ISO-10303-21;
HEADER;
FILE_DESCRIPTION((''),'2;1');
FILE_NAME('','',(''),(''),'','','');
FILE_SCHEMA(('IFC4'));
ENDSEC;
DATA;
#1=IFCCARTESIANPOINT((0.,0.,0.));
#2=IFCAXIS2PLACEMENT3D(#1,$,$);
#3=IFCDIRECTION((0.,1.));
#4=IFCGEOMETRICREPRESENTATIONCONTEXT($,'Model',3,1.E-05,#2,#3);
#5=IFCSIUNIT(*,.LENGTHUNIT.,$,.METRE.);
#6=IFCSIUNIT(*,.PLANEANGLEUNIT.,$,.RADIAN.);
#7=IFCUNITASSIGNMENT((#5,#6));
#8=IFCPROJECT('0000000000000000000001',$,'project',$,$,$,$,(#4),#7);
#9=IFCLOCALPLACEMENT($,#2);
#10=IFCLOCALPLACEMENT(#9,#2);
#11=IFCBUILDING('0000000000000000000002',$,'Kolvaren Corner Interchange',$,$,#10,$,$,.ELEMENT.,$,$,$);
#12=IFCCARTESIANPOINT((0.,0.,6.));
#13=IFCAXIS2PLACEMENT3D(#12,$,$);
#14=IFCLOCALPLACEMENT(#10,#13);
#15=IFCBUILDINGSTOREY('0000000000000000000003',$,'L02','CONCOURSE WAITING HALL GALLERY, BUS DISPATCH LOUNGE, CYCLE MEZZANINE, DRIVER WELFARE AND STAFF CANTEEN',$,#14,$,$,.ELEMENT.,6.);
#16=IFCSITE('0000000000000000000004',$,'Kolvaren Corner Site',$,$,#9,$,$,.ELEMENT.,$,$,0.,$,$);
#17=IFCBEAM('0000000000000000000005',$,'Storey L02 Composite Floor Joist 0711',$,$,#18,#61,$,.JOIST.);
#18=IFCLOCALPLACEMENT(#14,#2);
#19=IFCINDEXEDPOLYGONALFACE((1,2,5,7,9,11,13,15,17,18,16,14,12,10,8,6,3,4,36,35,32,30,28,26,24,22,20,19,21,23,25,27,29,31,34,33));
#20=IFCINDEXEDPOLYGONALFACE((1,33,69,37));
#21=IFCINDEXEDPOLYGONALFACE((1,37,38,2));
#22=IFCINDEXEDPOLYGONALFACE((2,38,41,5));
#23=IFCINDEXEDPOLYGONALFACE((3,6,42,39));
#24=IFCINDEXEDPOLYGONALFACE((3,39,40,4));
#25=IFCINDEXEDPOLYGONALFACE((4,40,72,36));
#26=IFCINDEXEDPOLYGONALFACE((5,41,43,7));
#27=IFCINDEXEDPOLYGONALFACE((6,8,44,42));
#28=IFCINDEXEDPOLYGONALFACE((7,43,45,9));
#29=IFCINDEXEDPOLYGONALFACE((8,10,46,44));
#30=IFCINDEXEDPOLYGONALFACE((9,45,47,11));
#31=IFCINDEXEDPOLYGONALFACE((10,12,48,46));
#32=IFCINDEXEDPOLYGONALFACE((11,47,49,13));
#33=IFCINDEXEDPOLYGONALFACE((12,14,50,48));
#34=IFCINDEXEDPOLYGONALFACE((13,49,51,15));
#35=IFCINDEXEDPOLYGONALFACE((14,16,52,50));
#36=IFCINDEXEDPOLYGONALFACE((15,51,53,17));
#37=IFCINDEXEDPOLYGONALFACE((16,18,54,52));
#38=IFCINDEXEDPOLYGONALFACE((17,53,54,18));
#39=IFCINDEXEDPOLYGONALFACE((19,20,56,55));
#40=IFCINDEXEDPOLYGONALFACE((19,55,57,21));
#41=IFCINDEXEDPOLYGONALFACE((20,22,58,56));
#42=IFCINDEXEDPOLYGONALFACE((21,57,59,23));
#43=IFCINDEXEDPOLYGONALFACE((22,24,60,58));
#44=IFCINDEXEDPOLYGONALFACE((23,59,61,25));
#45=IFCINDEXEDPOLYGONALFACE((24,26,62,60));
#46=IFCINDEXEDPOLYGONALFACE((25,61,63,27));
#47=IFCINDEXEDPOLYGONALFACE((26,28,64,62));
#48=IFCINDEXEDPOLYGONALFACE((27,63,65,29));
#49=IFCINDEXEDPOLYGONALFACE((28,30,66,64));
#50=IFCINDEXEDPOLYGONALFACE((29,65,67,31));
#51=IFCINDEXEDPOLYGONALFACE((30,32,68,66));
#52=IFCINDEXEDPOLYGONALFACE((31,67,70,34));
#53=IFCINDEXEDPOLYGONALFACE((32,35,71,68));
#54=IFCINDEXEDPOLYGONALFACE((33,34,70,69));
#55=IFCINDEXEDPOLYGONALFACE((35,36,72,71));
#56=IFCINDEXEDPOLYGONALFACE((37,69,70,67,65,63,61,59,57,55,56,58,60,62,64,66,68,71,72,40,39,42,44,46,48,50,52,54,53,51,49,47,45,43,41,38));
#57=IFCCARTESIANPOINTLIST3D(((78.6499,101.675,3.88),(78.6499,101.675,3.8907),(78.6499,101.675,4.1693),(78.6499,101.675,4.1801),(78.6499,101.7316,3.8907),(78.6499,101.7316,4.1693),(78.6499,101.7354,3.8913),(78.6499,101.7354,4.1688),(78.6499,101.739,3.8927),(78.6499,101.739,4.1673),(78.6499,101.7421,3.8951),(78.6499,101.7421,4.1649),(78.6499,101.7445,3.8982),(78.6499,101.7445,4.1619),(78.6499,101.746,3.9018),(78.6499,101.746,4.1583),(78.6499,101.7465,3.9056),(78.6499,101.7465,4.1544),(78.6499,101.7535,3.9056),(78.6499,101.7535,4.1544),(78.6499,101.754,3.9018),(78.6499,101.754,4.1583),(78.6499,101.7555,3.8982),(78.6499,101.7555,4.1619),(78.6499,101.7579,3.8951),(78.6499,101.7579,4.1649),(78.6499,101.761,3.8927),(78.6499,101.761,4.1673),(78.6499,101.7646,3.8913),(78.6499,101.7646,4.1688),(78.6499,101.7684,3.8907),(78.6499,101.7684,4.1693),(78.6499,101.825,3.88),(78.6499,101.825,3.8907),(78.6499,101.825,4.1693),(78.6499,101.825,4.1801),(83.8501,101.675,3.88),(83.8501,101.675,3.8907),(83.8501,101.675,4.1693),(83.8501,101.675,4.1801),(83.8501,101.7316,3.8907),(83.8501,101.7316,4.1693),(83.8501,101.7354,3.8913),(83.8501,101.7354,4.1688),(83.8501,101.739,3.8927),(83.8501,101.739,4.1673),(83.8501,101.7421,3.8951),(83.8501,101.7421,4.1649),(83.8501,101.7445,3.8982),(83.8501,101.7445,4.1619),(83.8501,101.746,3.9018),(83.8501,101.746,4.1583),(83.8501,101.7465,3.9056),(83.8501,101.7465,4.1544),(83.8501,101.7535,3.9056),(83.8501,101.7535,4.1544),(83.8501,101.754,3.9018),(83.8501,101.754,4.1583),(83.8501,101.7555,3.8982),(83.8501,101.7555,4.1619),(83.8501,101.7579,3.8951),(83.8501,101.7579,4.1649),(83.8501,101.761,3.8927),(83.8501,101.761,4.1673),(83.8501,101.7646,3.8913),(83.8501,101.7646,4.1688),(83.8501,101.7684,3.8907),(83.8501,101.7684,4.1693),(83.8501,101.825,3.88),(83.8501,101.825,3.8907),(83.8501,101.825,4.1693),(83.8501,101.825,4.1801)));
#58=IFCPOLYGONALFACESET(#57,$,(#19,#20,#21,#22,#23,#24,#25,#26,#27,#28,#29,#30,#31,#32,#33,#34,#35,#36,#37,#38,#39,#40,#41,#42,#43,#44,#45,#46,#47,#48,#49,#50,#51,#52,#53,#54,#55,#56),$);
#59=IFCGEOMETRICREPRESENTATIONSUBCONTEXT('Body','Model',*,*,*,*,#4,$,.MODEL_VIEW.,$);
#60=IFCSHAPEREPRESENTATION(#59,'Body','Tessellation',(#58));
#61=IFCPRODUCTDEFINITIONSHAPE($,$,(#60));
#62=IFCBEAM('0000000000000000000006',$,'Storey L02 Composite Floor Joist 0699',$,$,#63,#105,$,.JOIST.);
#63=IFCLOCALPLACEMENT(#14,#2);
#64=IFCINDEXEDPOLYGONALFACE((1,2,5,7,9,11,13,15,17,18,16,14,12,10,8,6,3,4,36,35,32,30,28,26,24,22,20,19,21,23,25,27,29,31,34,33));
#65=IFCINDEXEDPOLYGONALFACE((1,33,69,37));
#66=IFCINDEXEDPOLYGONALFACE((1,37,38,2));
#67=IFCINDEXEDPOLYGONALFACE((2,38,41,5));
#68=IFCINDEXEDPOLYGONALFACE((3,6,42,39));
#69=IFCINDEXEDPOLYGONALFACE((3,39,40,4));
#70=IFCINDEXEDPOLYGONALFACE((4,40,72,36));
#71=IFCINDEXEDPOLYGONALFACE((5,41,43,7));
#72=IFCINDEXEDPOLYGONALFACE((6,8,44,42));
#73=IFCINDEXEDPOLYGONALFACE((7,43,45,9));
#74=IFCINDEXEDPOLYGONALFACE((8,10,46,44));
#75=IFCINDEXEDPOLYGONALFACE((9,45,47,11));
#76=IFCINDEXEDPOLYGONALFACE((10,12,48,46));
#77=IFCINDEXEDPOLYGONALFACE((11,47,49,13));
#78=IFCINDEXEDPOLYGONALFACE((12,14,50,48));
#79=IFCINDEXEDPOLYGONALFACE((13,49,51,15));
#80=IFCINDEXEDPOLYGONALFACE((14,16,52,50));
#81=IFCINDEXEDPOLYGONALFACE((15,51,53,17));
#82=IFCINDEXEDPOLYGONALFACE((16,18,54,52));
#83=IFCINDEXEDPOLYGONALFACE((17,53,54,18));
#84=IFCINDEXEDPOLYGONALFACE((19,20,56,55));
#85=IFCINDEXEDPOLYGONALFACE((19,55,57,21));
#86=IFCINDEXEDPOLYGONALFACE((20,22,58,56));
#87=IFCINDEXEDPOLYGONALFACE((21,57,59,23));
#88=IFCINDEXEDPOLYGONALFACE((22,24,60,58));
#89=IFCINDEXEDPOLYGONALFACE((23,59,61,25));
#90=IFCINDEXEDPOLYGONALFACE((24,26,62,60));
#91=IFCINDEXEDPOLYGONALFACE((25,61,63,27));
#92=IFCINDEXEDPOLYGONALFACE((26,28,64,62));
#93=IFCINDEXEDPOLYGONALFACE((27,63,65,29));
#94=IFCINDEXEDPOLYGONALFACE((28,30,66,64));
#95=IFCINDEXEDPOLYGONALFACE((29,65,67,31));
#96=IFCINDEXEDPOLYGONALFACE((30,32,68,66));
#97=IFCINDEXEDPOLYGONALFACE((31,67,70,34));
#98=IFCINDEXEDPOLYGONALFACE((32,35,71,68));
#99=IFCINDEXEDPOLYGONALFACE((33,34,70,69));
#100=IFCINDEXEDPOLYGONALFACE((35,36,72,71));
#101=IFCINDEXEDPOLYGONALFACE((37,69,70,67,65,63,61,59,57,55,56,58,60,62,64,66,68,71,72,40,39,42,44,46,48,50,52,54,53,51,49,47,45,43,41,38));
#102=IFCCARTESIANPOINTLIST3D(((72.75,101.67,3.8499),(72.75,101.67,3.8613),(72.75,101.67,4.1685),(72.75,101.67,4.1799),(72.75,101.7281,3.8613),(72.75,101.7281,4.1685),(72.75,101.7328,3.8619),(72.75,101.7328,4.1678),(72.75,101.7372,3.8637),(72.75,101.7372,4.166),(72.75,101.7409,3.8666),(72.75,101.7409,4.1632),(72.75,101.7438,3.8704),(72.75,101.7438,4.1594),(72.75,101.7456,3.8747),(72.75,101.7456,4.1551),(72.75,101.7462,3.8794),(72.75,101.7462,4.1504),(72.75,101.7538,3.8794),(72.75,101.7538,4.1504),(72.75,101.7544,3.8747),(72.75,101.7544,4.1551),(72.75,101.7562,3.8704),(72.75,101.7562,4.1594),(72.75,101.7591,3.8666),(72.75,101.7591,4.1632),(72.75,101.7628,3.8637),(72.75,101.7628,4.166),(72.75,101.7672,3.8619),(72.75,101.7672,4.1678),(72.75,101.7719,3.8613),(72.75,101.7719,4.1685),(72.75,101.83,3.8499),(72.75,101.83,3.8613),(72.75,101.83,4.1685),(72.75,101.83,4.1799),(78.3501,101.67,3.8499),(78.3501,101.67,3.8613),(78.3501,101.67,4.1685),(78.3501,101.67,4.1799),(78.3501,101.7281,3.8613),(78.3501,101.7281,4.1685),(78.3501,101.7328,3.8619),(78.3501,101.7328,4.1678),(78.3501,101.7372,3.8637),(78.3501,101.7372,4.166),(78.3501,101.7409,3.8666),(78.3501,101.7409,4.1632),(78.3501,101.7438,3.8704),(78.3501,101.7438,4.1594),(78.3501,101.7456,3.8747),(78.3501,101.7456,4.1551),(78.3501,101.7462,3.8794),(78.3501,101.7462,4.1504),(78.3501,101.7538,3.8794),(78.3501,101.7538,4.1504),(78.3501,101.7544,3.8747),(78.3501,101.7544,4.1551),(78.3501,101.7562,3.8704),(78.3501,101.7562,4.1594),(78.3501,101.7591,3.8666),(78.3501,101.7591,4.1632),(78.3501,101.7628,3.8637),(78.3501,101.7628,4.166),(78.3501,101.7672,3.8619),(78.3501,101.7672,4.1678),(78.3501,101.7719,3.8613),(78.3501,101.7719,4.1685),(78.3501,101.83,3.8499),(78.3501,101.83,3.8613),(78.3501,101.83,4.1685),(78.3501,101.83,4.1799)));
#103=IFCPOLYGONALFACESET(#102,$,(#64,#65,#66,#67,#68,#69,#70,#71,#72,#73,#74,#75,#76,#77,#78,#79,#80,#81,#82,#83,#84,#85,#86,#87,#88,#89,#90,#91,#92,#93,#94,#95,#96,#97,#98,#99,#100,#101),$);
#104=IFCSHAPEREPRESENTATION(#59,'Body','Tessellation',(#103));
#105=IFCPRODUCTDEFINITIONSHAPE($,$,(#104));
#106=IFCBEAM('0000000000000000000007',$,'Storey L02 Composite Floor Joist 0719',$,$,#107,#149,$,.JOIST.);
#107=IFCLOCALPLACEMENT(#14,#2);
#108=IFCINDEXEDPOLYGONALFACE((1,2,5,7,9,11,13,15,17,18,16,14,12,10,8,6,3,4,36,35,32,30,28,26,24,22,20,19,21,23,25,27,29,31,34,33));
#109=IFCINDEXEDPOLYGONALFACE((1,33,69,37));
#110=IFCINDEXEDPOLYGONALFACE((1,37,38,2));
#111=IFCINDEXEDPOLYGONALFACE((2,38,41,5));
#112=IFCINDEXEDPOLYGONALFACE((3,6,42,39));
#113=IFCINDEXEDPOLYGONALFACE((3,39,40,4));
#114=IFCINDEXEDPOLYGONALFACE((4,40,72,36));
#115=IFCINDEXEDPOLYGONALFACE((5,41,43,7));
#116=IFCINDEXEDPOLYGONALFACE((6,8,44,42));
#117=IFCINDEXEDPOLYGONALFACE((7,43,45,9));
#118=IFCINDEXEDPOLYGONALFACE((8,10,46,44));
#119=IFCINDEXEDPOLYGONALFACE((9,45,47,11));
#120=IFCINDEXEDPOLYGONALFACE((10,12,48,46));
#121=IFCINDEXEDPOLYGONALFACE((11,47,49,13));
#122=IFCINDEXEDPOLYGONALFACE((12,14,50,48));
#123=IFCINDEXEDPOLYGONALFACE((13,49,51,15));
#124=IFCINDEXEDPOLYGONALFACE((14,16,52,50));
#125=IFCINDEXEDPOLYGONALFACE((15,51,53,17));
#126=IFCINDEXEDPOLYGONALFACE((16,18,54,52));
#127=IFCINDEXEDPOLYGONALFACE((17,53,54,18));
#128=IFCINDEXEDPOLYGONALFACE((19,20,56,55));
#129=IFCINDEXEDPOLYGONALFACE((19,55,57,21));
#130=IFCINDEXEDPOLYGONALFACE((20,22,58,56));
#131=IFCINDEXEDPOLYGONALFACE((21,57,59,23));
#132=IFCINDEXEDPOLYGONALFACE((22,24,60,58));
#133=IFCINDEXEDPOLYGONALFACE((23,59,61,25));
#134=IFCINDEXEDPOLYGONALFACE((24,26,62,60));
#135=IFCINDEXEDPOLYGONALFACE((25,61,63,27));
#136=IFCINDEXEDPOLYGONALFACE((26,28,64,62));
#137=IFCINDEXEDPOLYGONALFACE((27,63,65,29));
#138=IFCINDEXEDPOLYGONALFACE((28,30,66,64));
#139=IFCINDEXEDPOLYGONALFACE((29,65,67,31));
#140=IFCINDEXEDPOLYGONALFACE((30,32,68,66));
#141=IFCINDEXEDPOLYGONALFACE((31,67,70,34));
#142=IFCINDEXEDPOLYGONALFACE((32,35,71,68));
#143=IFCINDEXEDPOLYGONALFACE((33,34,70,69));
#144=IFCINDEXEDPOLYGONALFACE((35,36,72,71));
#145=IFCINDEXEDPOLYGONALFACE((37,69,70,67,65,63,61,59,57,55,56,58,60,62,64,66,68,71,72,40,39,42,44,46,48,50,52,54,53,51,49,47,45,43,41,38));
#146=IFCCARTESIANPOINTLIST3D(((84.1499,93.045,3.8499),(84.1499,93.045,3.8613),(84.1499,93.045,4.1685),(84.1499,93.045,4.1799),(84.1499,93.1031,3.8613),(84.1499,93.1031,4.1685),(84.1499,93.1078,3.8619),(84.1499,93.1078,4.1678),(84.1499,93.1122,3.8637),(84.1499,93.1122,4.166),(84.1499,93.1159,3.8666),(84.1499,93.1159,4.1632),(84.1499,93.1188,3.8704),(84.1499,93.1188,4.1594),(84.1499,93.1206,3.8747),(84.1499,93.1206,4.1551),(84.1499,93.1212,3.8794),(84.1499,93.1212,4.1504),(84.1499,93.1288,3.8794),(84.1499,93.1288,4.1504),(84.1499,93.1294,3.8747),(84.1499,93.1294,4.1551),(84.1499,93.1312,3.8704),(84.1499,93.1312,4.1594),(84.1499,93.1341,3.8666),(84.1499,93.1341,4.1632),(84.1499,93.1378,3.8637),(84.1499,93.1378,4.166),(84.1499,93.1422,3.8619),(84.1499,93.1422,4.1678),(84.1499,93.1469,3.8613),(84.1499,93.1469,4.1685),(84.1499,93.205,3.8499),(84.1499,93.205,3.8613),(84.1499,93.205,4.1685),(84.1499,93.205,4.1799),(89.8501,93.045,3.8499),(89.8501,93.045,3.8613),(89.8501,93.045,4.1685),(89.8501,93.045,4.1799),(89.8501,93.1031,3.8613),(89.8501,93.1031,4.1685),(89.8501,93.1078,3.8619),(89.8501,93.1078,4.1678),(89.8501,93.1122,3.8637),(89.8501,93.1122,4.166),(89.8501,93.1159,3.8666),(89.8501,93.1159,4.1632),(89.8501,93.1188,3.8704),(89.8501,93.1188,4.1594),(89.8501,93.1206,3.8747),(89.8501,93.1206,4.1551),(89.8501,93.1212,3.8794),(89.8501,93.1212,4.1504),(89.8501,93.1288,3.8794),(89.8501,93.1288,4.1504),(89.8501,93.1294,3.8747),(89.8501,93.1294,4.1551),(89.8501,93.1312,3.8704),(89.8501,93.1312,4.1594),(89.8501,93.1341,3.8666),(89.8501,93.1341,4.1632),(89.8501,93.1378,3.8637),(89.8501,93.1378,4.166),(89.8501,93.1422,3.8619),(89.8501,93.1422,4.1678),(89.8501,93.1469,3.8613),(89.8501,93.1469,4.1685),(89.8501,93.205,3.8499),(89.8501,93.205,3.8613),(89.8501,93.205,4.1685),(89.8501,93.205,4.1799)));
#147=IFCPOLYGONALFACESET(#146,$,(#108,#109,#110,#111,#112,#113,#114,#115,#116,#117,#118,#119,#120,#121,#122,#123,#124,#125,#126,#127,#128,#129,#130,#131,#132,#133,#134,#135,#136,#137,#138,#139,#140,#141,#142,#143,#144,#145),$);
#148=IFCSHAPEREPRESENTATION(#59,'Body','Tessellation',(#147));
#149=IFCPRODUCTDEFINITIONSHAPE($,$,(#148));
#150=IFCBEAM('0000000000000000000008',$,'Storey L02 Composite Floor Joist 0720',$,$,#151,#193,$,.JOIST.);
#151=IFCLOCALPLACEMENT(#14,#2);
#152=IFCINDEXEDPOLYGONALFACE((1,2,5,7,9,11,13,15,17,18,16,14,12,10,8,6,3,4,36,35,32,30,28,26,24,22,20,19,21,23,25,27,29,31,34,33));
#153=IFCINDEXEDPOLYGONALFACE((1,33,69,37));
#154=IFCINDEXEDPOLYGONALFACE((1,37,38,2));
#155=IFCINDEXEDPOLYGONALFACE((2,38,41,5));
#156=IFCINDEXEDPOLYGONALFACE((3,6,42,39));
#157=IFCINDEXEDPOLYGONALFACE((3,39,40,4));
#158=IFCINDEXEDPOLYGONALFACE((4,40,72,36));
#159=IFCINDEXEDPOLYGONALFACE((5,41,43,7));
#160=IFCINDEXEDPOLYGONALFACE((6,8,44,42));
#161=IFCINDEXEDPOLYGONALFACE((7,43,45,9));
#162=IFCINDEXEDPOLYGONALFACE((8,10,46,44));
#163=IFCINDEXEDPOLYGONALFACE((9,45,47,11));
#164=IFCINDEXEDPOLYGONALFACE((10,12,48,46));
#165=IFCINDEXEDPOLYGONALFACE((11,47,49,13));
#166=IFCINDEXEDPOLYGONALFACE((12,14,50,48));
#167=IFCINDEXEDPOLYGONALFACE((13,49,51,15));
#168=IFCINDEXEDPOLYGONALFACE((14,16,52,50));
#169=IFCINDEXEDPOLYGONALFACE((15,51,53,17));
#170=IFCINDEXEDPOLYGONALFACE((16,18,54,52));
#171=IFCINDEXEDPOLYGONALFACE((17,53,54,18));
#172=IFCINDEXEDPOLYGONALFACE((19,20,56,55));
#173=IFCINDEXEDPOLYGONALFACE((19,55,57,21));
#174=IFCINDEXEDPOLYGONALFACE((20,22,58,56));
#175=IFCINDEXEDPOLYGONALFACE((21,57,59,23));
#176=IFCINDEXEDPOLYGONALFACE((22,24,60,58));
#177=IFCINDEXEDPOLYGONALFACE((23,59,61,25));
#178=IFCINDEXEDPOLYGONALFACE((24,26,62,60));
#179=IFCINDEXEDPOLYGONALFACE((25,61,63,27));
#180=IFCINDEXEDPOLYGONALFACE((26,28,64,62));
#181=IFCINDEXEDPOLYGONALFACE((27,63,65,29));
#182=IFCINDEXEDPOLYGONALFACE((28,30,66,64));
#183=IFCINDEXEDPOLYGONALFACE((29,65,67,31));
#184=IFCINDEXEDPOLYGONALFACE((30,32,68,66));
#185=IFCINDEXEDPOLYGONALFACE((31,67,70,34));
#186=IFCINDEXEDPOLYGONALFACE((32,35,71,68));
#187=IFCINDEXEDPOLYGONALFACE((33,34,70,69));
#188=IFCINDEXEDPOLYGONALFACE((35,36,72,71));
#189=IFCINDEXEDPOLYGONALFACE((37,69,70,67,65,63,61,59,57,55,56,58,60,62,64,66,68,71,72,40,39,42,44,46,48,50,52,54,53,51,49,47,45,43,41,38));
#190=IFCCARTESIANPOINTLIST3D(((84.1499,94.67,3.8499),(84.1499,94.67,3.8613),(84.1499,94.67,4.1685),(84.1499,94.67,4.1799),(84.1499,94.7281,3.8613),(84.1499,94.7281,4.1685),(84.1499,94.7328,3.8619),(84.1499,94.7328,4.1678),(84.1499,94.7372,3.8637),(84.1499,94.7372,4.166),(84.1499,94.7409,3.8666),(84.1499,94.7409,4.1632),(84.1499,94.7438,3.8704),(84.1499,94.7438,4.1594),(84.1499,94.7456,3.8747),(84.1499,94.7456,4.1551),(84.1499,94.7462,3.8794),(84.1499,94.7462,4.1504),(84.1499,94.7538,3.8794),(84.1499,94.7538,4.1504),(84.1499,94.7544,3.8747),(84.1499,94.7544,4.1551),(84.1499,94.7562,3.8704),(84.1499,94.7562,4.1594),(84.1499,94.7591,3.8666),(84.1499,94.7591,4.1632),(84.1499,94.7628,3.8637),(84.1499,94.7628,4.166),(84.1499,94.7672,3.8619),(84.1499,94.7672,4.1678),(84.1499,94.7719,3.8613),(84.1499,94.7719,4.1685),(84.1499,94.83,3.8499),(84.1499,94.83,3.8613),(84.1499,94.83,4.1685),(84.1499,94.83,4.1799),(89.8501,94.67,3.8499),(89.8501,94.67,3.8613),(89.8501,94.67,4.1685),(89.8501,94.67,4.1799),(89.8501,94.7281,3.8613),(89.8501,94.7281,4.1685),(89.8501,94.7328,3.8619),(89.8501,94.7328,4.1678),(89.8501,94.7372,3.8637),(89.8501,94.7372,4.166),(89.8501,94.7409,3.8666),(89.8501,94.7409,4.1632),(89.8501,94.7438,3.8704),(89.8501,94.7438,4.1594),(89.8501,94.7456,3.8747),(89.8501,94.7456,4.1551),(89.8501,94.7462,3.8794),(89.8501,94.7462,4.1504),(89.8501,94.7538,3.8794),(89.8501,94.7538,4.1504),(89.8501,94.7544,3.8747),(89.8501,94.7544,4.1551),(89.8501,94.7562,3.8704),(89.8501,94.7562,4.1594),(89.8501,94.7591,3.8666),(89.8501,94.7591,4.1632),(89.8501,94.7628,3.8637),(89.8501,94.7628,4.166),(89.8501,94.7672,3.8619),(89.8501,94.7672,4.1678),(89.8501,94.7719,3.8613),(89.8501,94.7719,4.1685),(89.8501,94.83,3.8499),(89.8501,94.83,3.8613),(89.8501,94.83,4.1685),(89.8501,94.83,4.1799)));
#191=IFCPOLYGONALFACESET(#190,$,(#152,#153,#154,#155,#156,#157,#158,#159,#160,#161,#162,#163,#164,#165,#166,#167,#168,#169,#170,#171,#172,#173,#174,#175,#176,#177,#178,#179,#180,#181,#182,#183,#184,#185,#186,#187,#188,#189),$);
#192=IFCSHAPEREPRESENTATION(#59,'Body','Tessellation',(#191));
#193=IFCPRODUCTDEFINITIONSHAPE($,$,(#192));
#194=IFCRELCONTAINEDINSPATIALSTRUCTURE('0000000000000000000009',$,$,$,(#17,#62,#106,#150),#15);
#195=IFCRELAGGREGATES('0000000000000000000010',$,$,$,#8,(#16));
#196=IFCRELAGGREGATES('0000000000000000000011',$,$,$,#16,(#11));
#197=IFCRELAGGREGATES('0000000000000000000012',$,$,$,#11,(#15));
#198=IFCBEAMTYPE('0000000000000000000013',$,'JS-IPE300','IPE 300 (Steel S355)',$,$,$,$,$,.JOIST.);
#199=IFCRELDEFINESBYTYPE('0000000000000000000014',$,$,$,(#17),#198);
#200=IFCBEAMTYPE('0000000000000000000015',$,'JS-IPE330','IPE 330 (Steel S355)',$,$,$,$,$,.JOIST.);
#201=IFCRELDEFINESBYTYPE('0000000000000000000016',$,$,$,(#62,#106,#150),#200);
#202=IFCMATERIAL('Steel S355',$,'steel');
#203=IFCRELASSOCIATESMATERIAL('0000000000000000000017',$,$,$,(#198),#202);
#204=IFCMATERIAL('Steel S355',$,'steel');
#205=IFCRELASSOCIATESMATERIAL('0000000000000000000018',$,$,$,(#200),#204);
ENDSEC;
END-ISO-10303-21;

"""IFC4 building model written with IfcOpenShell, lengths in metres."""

from ifc_helpers import new_model, si_unit, direction, frame, origin, origin_2d, place, context, subcontext, project, spatial, i_section, extrude, material, material_profile, profile_set, type_object, element, save


model = new_model("IFC4")

# Units and contexts
model_context = context("Model", 3, precision=1e-05, world=origin(), true_north=direction((0.0, 1.0)))
body_context = subcontext(model_context, "Body", "Model", "MODEL_VIEW")
ifc_project = project(units=[si_unit("LENGTHUNIT", "METRE"), si_unit("PLANEANGLEUNIT", "RADIAN")], contexts=[model_context])

# Site, building, storey
site_placement = place(None, origin())
site = spatial("IfcSite", under=ifc_project, at=site_placement, Name="Kolvaren Corner Site", CompositionType="ELEMENT", RefElevation=0.0)
building_placement = place(site_placement, origin())
building = spatial("IfcBuilding", under=site, at=building_placement, Name="Kolvaren Corner Interchange", CompositionType="ELEMENT")
storey_placement = place(building_placement, frame((0.0, 0.0, 6.0)))
storey = spatial("IfcBuildingStorey", under=building, at=storey_placement, Name="L02", Description="CONCOURSE WAITING HALL GALLERY, BUS DISPATCH LOUNGE, CYCLE MEZZANINE, DRIVER WELFARE AND STAFF CANTEEN", CompositionType="ELEMENT", Elevation=6.0)

# Beams
ifc_material_1 = material(Name="Steel S355", Category="steel")
ifc_material_profile_1 = material_profile(ifc_material_1, i_section(OverallWidth=0.1499, OverallDepth=0.3, WebThickness=0.0071, FlangeThickness=0.0107, FilletRadius=0.0149, at=origin_2d()), Name="IPE 300")
ifc_profile_set_1 = profile_set([ifc_material_profile_1], Name="Steel S355")
beam_type_1 = type_object("IfcBeamType", Name="JS-IPE300", Description="IPE 300 (Steel S355)", PredefinedType="JOIST", material=ifc_profile_set_1)
for number, where, z_axis, x_axis, name in (
    (1, (78.6499, 101.75, 4.03), (1.0, 0.0, 0.0), (0.0, 1.0, 0.0), "Storey L02 Composite Floor Joist 0711"),
):
    element("IfcBeam", number, at=place(storey_placement, frame(where, z_axis=z_axis, x_axis=x_axis)), inside=storey, type_object=beam_type_1, Name=name, PredefinedType="JOIST", context=body_context, shape_type="SweptSolid", body=[
        extrude(i_section(OverallWidth=0.1499, OverallDepth=0.3, WebThickness=0.0071, FlangeThickness=0.0107, FilletRadius=0.0149, at=origin_2d()), origin(), (0.0, 0.0, 1.0), 5.2002),
    ])
ifc_material_2 = material(Name="Steel S355", Category="steel")
ifc_material_profile_2 = material_profile(ifc_material_2, i_section(OverallWidth=0.1599, OverallDepth=0.3301, WebThickness=0.0076, FlangeThickness=0.0115, FilletRadius=0.0181, at=origin_2d()), Name="IPE 330")
ifc_profile_set_2 = profile_set([ifc_material_profile_2], Name="Steel S355")
beam_type_2 = type_object("IfcBeamType", Name="JS-IPE330", Description="IPE 330 (Steel S355)", PredefinedType="JOIST", material=ifc_profile_set_2)
beam_1_placement = place(storey_placement, frame((72.75, 101.75, 4.0149), z_axis=(1.0, 0.0, 0.0), x_axis=(0.0, 1.0, 0.0)))
element("IfcBeam", 2, at=beam_1_placement, inside=storey, type_object=beam_type_2, Name="Storey L02 Composite Floor Joist 0699", PredefinedType="JOIST", context=body_context, shape_type="SweptSolid", body=[
    extrude(i_section(OverallWidth=0.1599, OverallDepth=0.3301, WebThickness=0.0076, FlangeThickness=0.0115, FilletRadius=0.0181, at=origin_2d()), origin(), (0.0, 0.0, 1.0), 5.6001),
])
for number, where, z_axis, x_axis, name in (
    (3, (84.1499, 93.125, 4.0149), (1.0, 0.0, 0.0), (0.0, 1.0, 0.0), "Storey L02 Composite Floor Joist 0719"),
    (4, (84.1499, 94.75, 4.0149), (1.0, 0.0, 0.0), (0.0, 1.0, 0.0), "Storey L02 Composite Floor Joist 0720"),
):
    element("IfcBeam", number, at=place(storey_placement, frame(where, z_axis=z_axis, x_axis=x_axis)), inside=storey, type_object=beam_type_2, Name=name, PredefinedType="JOIST", context=body_context, shape_type="SweptSolid", body=[
        extrude(i_section(OverallWidth=0.1599, OverallDepth=0.3301, WebThickness=0.0076, FlangeThickness=0.0115, FilletRadius=0.0181, at=origin_2d()), origin(), (0.0, 0.0, 1.0), 5.7002),
    ])

save(model, "model.ifc")
